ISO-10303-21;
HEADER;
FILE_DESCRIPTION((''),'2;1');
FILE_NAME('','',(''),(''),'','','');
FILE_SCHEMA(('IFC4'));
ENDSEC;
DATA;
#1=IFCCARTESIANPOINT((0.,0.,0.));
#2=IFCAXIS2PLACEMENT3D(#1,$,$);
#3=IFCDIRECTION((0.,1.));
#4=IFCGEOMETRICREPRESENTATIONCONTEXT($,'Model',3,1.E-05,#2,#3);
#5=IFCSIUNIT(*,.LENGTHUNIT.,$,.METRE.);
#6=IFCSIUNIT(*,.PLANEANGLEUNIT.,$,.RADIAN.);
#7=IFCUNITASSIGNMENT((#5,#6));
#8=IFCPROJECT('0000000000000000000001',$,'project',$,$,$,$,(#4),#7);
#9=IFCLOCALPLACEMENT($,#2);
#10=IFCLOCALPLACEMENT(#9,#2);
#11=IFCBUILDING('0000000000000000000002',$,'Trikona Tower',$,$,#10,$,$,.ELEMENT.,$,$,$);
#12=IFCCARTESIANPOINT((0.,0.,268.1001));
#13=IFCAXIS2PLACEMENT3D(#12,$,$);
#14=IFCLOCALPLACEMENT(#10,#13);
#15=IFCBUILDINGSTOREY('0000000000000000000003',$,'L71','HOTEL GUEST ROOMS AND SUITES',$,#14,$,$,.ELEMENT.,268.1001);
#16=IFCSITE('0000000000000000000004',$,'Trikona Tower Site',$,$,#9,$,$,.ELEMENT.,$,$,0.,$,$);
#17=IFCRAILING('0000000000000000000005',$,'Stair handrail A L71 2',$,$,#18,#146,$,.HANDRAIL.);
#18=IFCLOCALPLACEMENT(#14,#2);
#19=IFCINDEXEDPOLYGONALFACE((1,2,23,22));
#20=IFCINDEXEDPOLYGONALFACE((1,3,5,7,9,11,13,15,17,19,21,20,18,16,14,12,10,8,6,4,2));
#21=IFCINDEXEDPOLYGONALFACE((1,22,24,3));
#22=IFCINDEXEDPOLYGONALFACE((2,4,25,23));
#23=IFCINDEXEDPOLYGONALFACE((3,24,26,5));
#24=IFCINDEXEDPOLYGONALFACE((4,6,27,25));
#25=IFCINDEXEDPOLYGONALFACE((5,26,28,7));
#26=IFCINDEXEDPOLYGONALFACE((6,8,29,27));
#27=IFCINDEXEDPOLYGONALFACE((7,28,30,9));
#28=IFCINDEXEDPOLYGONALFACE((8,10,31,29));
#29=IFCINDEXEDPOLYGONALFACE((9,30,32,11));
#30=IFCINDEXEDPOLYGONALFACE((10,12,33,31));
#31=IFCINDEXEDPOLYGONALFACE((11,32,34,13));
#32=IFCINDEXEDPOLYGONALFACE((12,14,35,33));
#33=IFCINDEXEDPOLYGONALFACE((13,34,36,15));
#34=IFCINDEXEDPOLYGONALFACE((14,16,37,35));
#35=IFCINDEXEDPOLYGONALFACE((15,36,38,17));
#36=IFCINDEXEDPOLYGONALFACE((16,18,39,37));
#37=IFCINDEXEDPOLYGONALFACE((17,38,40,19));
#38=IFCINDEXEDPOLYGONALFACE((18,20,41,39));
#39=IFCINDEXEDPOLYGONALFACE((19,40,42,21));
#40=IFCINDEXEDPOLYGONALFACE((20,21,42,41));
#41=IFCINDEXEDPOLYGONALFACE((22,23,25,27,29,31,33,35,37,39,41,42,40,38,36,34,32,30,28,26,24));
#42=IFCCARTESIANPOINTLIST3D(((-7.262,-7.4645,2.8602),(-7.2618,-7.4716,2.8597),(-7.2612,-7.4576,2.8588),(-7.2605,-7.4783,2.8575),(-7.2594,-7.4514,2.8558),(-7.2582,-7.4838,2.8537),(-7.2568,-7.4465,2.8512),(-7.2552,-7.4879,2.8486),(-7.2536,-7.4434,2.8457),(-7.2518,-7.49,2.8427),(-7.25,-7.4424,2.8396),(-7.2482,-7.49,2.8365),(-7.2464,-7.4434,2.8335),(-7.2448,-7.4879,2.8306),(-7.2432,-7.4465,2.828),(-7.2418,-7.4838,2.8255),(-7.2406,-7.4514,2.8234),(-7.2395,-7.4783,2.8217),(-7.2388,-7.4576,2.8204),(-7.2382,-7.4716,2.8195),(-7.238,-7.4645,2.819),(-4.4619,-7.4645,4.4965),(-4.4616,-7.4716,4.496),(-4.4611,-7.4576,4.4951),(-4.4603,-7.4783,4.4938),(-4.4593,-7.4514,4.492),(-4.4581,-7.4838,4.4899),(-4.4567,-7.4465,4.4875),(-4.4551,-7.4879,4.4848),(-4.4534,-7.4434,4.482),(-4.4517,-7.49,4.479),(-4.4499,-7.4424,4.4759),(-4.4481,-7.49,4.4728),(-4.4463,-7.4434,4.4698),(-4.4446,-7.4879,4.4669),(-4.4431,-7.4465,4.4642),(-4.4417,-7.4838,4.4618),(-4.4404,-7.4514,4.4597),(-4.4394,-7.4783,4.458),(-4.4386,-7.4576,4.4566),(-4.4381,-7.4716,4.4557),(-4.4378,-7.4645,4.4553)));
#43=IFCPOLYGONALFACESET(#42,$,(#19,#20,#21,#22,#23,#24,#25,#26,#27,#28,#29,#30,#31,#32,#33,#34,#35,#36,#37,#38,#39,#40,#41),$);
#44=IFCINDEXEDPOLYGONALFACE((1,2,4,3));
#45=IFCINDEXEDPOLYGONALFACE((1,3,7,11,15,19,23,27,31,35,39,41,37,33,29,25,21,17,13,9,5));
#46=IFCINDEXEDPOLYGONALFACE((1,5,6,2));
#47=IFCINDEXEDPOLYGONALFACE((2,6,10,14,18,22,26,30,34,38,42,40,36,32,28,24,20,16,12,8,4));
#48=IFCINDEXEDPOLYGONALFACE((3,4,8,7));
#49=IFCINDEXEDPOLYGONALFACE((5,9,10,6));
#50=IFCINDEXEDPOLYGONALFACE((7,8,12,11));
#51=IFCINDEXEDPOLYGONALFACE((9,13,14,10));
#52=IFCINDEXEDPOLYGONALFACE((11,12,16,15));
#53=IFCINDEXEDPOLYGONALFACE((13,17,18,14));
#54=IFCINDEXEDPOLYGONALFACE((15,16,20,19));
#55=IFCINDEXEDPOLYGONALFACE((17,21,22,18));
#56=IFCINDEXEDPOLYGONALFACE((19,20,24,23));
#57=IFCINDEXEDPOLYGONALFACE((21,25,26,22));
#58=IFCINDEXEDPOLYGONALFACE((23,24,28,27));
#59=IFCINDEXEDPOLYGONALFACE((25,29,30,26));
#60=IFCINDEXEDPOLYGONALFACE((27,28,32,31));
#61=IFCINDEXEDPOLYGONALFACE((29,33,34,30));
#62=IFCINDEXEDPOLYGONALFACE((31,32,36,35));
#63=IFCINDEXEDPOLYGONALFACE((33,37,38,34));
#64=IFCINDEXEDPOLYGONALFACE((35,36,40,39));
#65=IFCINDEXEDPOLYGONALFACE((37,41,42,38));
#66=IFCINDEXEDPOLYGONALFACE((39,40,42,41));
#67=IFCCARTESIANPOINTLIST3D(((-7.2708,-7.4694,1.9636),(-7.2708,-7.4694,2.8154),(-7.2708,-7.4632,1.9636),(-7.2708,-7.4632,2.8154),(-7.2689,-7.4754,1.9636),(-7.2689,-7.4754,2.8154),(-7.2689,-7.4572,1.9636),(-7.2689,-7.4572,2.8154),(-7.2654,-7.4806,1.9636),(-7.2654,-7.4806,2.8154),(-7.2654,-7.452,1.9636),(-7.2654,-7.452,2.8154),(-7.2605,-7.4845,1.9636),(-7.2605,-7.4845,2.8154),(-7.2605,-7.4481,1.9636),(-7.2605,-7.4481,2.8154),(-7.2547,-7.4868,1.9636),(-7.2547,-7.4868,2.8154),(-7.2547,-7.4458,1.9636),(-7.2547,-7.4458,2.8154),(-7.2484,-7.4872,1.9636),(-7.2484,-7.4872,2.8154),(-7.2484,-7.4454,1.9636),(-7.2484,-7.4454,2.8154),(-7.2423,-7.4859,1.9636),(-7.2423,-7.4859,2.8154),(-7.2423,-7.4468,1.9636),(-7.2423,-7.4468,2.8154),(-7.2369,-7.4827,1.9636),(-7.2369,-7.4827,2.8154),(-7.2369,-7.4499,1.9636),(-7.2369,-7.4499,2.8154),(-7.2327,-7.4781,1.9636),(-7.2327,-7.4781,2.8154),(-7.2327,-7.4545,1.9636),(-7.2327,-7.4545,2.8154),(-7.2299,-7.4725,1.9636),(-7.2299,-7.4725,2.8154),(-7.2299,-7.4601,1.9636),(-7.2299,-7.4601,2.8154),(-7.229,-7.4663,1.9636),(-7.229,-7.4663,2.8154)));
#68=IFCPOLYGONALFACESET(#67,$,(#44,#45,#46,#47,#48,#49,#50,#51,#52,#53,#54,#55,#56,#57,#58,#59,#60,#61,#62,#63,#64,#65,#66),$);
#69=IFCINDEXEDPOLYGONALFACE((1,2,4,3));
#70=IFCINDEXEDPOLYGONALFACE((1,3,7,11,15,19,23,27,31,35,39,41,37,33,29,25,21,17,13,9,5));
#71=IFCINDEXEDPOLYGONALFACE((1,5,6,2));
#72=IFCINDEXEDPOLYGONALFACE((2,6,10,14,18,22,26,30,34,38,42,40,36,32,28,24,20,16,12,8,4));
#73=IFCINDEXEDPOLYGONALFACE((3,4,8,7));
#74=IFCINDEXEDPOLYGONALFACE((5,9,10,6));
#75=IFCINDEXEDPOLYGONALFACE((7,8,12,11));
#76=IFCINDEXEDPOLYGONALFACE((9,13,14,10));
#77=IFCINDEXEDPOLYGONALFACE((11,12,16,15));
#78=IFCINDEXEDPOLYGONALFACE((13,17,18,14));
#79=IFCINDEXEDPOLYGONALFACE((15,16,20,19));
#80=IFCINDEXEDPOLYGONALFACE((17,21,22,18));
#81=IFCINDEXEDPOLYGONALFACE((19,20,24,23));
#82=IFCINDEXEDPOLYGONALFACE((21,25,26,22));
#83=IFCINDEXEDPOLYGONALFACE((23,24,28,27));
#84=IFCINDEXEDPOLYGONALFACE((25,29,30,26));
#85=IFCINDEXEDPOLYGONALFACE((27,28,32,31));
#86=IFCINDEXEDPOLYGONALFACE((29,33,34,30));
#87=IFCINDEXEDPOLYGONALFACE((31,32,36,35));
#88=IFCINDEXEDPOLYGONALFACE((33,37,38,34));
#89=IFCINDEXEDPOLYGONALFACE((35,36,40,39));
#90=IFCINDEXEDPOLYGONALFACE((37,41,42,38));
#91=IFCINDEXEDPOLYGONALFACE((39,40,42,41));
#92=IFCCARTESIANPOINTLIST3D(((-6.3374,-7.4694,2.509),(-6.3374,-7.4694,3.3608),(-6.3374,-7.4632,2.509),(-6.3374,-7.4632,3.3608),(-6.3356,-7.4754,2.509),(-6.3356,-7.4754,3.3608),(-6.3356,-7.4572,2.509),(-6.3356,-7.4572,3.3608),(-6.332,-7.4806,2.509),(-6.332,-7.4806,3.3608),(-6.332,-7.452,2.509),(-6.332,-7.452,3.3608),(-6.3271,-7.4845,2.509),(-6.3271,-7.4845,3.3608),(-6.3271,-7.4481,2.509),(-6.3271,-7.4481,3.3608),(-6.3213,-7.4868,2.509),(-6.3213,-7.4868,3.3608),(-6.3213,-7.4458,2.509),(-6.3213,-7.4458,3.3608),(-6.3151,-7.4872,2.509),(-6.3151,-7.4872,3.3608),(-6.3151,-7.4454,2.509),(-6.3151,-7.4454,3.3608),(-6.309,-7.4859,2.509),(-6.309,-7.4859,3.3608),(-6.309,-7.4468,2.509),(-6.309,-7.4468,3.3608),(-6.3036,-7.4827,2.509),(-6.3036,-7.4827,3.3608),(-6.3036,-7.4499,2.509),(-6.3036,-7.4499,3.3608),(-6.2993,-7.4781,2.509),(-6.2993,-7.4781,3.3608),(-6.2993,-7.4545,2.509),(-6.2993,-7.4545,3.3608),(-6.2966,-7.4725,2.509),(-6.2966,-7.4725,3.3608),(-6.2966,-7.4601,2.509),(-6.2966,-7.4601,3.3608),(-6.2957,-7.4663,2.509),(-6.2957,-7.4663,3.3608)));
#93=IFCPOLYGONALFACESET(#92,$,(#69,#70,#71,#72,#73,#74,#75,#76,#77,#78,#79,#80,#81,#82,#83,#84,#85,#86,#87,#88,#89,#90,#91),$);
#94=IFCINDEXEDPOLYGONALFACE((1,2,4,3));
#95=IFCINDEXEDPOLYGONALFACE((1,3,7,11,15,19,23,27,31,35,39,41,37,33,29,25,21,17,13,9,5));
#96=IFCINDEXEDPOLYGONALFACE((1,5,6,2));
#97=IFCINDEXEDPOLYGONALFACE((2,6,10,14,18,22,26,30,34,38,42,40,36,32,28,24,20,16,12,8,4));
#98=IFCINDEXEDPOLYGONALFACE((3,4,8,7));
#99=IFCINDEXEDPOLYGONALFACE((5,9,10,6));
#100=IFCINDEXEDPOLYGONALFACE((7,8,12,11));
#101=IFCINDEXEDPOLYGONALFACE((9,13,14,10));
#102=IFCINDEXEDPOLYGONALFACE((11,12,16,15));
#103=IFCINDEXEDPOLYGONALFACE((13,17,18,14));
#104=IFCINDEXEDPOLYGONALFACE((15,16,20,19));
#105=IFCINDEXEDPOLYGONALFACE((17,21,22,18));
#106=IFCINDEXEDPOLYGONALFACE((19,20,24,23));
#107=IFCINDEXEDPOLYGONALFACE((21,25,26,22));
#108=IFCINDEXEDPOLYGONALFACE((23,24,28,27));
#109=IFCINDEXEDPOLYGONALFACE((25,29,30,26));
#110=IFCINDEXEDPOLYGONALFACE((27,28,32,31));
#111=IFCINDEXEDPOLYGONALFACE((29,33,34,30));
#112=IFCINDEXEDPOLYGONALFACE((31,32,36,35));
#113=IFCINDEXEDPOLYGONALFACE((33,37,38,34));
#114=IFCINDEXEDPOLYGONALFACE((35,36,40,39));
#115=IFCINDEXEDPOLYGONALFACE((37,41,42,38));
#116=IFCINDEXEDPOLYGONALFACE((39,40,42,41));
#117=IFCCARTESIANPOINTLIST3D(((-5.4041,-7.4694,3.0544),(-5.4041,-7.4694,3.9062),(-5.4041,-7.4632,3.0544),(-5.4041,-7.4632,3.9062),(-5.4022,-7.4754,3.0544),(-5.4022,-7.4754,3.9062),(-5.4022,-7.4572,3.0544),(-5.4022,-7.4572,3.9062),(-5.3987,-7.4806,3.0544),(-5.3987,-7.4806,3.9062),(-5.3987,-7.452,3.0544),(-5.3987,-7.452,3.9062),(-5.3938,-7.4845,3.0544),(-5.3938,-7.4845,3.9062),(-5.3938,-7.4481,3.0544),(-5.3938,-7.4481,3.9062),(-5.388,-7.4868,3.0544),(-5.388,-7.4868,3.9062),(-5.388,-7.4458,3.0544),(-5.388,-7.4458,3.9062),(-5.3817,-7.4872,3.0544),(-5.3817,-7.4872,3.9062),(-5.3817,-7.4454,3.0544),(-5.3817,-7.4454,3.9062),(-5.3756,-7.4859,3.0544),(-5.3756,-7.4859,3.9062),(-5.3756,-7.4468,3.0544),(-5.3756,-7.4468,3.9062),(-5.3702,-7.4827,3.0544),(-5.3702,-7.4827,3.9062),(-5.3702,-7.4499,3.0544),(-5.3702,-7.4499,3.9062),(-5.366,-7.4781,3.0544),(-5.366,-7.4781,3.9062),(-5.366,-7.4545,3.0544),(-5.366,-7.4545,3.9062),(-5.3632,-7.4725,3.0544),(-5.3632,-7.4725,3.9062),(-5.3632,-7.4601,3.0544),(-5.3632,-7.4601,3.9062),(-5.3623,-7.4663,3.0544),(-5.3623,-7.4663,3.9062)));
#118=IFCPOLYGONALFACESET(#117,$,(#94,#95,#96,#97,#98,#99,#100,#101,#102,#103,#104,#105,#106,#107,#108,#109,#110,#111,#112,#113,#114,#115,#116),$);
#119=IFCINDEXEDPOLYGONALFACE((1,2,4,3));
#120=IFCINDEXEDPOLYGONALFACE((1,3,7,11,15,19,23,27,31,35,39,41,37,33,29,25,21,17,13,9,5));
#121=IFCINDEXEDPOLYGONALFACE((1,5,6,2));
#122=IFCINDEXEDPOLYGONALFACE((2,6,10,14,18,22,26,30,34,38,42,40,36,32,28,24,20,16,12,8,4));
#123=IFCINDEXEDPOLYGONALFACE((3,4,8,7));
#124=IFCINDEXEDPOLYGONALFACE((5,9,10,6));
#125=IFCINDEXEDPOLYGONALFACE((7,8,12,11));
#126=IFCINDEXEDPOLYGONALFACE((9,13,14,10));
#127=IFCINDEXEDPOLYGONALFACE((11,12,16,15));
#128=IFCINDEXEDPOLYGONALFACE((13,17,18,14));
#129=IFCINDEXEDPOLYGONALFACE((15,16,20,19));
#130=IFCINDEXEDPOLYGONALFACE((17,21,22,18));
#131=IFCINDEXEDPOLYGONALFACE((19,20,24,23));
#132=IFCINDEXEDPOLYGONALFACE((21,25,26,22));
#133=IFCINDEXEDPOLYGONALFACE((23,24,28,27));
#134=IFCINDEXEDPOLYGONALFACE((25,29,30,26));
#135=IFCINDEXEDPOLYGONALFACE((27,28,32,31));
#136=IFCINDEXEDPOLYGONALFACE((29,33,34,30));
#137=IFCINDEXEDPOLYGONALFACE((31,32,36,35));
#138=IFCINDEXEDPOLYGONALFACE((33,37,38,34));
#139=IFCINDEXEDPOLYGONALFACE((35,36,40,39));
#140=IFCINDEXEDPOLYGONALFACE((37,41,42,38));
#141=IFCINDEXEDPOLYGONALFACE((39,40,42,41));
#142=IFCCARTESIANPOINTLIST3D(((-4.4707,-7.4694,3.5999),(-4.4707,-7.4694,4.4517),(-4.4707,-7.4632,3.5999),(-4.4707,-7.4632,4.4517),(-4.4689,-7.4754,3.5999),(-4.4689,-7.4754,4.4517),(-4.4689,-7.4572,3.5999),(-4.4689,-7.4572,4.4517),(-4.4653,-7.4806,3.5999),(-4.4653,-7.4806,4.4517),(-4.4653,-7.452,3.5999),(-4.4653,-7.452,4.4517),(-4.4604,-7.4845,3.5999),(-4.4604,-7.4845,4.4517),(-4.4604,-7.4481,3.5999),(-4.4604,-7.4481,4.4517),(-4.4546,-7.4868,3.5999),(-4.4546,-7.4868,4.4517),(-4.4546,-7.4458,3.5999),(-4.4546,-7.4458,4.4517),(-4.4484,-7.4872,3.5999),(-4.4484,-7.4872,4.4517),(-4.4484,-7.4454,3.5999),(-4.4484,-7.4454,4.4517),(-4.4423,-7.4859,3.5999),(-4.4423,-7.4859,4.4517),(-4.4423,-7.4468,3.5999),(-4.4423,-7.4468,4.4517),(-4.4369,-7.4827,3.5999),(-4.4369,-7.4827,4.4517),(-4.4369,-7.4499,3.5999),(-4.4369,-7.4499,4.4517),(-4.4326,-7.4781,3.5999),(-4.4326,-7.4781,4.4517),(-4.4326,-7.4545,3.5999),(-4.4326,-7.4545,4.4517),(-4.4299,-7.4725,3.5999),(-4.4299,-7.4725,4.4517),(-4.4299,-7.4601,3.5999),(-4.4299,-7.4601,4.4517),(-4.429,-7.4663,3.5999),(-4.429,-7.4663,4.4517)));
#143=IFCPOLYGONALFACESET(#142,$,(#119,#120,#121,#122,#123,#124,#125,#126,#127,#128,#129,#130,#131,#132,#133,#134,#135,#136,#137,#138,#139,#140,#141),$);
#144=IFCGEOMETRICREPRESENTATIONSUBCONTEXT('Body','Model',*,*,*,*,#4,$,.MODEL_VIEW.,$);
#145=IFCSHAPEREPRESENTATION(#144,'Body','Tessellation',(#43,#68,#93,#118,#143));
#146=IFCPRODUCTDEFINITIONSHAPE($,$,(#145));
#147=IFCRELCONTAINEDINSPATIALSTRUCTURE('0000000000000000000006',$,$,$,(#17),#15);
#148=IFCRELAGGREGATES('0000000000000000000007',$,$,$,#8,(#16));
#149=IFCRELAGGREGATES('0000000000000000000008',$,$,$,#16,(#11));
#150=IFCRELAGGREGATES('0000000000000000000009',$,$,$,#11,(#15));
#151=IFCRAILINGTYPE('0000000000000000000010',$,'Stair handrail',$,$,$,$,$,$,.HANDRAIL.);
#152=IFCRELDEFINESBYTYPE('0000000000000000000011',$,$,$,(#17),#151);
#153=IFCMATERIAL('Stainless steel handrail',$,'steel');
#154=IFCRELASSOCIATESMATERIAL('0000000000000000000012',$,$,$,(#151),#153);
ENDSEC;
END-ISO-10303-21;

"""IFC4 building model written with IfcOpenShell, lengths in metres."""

from ifc_helpers import new_model, si_unit, direction, frame, origin, origin_2d, place, context, subcontext, project, spatial, circle, extrude, material, type_object, element, save


model = new_model("IFC4")

# Units and contexts
model_context = context("Model", 3, precision=1e-05, world=origin(), true_north=direction((0.0, 1.0)))
body_context = subcontext(model_context, "Body", "Model", "MODEL_VIEW")
ifc_project = project(units=[si_unit("LENGTHUNIT", "METRE"), si_unit("PLANEANGLEUNIT", "RADIAN")], contexts=[model_context])

# Site, building, storey
site_placement = place(None, origin())
site = spatial("IfcSite", under=ifc_project, at=site_placement, Name="Trikona Tower Site", CompositionType="ELEMENT", RefElevation=0.0)
building_placement = place(site_placement, origin())
building = spatial("IfcBuilding", under=site, at=building_placement, Name="Trikona Tower", CompositionType="ELEMENT")
storey_placement = place(building_placement, frame((0.0, 0.0, 268.1001)))
storey = spatial("IfcBuildingStorey", under=building, at=storey_placement, Name="L71", Description="HOTEL GUEST ROOMS AND SUITES", CompositionType="ELEMENT", Elevation=268.1001)

# Railing
ifc_material_1 = material(Name="Stainless steel handrail", Category="steel")
railing_type = type_object("IfcRailingType", Name="Stair handrail", PredefinedType="HANDRAIL", material=ifc_material_1)
railing_1_placement = place(storey_placement, frame((-7.25, -7.4663, 1.9636)))
element("IfcRailing", 1, at=railing_1_placement, inside=storey, type_object=railing_type, Name="Stair handrail A L71 2", PredefinedType="HANDRAIL", context=body_context, shape_type="SweptSolid", body=[
    extrude(circle(Radius=0.0239, at=origin_2d()), frame((0.0, 0.0, 0.876), z_axis=(0.863394, 0.0, 0.504531), x_axis=(0.0, 1.0, 0.0)), (0.0, 0.0, 1.0), 3.2432),
    extrude(circle(Radius=0.021, at=origin_2d()), origin(), (0.0, 0.0, 1.0), 0.8518),
    extrude(circle(Radius=0.021, at=origin_2d()), frame((0.9333, 0.0, 0.5454)), (0.0, 0.0, 1.0), 0.8518),
    extrude(circle(Radius=0.021, at=origin_2d()), frame((1.8667, 0.0, 1.0908)), (0.0, 0.0, 1.0), 0.8518),
    extrude(circle(Radius=0.021, at=origin_2d()), frame((2.8, 0.0, 1.6362)), (0.0, 0.0, 1.0), 0.8518),
])

save(model, "model.ifc")
